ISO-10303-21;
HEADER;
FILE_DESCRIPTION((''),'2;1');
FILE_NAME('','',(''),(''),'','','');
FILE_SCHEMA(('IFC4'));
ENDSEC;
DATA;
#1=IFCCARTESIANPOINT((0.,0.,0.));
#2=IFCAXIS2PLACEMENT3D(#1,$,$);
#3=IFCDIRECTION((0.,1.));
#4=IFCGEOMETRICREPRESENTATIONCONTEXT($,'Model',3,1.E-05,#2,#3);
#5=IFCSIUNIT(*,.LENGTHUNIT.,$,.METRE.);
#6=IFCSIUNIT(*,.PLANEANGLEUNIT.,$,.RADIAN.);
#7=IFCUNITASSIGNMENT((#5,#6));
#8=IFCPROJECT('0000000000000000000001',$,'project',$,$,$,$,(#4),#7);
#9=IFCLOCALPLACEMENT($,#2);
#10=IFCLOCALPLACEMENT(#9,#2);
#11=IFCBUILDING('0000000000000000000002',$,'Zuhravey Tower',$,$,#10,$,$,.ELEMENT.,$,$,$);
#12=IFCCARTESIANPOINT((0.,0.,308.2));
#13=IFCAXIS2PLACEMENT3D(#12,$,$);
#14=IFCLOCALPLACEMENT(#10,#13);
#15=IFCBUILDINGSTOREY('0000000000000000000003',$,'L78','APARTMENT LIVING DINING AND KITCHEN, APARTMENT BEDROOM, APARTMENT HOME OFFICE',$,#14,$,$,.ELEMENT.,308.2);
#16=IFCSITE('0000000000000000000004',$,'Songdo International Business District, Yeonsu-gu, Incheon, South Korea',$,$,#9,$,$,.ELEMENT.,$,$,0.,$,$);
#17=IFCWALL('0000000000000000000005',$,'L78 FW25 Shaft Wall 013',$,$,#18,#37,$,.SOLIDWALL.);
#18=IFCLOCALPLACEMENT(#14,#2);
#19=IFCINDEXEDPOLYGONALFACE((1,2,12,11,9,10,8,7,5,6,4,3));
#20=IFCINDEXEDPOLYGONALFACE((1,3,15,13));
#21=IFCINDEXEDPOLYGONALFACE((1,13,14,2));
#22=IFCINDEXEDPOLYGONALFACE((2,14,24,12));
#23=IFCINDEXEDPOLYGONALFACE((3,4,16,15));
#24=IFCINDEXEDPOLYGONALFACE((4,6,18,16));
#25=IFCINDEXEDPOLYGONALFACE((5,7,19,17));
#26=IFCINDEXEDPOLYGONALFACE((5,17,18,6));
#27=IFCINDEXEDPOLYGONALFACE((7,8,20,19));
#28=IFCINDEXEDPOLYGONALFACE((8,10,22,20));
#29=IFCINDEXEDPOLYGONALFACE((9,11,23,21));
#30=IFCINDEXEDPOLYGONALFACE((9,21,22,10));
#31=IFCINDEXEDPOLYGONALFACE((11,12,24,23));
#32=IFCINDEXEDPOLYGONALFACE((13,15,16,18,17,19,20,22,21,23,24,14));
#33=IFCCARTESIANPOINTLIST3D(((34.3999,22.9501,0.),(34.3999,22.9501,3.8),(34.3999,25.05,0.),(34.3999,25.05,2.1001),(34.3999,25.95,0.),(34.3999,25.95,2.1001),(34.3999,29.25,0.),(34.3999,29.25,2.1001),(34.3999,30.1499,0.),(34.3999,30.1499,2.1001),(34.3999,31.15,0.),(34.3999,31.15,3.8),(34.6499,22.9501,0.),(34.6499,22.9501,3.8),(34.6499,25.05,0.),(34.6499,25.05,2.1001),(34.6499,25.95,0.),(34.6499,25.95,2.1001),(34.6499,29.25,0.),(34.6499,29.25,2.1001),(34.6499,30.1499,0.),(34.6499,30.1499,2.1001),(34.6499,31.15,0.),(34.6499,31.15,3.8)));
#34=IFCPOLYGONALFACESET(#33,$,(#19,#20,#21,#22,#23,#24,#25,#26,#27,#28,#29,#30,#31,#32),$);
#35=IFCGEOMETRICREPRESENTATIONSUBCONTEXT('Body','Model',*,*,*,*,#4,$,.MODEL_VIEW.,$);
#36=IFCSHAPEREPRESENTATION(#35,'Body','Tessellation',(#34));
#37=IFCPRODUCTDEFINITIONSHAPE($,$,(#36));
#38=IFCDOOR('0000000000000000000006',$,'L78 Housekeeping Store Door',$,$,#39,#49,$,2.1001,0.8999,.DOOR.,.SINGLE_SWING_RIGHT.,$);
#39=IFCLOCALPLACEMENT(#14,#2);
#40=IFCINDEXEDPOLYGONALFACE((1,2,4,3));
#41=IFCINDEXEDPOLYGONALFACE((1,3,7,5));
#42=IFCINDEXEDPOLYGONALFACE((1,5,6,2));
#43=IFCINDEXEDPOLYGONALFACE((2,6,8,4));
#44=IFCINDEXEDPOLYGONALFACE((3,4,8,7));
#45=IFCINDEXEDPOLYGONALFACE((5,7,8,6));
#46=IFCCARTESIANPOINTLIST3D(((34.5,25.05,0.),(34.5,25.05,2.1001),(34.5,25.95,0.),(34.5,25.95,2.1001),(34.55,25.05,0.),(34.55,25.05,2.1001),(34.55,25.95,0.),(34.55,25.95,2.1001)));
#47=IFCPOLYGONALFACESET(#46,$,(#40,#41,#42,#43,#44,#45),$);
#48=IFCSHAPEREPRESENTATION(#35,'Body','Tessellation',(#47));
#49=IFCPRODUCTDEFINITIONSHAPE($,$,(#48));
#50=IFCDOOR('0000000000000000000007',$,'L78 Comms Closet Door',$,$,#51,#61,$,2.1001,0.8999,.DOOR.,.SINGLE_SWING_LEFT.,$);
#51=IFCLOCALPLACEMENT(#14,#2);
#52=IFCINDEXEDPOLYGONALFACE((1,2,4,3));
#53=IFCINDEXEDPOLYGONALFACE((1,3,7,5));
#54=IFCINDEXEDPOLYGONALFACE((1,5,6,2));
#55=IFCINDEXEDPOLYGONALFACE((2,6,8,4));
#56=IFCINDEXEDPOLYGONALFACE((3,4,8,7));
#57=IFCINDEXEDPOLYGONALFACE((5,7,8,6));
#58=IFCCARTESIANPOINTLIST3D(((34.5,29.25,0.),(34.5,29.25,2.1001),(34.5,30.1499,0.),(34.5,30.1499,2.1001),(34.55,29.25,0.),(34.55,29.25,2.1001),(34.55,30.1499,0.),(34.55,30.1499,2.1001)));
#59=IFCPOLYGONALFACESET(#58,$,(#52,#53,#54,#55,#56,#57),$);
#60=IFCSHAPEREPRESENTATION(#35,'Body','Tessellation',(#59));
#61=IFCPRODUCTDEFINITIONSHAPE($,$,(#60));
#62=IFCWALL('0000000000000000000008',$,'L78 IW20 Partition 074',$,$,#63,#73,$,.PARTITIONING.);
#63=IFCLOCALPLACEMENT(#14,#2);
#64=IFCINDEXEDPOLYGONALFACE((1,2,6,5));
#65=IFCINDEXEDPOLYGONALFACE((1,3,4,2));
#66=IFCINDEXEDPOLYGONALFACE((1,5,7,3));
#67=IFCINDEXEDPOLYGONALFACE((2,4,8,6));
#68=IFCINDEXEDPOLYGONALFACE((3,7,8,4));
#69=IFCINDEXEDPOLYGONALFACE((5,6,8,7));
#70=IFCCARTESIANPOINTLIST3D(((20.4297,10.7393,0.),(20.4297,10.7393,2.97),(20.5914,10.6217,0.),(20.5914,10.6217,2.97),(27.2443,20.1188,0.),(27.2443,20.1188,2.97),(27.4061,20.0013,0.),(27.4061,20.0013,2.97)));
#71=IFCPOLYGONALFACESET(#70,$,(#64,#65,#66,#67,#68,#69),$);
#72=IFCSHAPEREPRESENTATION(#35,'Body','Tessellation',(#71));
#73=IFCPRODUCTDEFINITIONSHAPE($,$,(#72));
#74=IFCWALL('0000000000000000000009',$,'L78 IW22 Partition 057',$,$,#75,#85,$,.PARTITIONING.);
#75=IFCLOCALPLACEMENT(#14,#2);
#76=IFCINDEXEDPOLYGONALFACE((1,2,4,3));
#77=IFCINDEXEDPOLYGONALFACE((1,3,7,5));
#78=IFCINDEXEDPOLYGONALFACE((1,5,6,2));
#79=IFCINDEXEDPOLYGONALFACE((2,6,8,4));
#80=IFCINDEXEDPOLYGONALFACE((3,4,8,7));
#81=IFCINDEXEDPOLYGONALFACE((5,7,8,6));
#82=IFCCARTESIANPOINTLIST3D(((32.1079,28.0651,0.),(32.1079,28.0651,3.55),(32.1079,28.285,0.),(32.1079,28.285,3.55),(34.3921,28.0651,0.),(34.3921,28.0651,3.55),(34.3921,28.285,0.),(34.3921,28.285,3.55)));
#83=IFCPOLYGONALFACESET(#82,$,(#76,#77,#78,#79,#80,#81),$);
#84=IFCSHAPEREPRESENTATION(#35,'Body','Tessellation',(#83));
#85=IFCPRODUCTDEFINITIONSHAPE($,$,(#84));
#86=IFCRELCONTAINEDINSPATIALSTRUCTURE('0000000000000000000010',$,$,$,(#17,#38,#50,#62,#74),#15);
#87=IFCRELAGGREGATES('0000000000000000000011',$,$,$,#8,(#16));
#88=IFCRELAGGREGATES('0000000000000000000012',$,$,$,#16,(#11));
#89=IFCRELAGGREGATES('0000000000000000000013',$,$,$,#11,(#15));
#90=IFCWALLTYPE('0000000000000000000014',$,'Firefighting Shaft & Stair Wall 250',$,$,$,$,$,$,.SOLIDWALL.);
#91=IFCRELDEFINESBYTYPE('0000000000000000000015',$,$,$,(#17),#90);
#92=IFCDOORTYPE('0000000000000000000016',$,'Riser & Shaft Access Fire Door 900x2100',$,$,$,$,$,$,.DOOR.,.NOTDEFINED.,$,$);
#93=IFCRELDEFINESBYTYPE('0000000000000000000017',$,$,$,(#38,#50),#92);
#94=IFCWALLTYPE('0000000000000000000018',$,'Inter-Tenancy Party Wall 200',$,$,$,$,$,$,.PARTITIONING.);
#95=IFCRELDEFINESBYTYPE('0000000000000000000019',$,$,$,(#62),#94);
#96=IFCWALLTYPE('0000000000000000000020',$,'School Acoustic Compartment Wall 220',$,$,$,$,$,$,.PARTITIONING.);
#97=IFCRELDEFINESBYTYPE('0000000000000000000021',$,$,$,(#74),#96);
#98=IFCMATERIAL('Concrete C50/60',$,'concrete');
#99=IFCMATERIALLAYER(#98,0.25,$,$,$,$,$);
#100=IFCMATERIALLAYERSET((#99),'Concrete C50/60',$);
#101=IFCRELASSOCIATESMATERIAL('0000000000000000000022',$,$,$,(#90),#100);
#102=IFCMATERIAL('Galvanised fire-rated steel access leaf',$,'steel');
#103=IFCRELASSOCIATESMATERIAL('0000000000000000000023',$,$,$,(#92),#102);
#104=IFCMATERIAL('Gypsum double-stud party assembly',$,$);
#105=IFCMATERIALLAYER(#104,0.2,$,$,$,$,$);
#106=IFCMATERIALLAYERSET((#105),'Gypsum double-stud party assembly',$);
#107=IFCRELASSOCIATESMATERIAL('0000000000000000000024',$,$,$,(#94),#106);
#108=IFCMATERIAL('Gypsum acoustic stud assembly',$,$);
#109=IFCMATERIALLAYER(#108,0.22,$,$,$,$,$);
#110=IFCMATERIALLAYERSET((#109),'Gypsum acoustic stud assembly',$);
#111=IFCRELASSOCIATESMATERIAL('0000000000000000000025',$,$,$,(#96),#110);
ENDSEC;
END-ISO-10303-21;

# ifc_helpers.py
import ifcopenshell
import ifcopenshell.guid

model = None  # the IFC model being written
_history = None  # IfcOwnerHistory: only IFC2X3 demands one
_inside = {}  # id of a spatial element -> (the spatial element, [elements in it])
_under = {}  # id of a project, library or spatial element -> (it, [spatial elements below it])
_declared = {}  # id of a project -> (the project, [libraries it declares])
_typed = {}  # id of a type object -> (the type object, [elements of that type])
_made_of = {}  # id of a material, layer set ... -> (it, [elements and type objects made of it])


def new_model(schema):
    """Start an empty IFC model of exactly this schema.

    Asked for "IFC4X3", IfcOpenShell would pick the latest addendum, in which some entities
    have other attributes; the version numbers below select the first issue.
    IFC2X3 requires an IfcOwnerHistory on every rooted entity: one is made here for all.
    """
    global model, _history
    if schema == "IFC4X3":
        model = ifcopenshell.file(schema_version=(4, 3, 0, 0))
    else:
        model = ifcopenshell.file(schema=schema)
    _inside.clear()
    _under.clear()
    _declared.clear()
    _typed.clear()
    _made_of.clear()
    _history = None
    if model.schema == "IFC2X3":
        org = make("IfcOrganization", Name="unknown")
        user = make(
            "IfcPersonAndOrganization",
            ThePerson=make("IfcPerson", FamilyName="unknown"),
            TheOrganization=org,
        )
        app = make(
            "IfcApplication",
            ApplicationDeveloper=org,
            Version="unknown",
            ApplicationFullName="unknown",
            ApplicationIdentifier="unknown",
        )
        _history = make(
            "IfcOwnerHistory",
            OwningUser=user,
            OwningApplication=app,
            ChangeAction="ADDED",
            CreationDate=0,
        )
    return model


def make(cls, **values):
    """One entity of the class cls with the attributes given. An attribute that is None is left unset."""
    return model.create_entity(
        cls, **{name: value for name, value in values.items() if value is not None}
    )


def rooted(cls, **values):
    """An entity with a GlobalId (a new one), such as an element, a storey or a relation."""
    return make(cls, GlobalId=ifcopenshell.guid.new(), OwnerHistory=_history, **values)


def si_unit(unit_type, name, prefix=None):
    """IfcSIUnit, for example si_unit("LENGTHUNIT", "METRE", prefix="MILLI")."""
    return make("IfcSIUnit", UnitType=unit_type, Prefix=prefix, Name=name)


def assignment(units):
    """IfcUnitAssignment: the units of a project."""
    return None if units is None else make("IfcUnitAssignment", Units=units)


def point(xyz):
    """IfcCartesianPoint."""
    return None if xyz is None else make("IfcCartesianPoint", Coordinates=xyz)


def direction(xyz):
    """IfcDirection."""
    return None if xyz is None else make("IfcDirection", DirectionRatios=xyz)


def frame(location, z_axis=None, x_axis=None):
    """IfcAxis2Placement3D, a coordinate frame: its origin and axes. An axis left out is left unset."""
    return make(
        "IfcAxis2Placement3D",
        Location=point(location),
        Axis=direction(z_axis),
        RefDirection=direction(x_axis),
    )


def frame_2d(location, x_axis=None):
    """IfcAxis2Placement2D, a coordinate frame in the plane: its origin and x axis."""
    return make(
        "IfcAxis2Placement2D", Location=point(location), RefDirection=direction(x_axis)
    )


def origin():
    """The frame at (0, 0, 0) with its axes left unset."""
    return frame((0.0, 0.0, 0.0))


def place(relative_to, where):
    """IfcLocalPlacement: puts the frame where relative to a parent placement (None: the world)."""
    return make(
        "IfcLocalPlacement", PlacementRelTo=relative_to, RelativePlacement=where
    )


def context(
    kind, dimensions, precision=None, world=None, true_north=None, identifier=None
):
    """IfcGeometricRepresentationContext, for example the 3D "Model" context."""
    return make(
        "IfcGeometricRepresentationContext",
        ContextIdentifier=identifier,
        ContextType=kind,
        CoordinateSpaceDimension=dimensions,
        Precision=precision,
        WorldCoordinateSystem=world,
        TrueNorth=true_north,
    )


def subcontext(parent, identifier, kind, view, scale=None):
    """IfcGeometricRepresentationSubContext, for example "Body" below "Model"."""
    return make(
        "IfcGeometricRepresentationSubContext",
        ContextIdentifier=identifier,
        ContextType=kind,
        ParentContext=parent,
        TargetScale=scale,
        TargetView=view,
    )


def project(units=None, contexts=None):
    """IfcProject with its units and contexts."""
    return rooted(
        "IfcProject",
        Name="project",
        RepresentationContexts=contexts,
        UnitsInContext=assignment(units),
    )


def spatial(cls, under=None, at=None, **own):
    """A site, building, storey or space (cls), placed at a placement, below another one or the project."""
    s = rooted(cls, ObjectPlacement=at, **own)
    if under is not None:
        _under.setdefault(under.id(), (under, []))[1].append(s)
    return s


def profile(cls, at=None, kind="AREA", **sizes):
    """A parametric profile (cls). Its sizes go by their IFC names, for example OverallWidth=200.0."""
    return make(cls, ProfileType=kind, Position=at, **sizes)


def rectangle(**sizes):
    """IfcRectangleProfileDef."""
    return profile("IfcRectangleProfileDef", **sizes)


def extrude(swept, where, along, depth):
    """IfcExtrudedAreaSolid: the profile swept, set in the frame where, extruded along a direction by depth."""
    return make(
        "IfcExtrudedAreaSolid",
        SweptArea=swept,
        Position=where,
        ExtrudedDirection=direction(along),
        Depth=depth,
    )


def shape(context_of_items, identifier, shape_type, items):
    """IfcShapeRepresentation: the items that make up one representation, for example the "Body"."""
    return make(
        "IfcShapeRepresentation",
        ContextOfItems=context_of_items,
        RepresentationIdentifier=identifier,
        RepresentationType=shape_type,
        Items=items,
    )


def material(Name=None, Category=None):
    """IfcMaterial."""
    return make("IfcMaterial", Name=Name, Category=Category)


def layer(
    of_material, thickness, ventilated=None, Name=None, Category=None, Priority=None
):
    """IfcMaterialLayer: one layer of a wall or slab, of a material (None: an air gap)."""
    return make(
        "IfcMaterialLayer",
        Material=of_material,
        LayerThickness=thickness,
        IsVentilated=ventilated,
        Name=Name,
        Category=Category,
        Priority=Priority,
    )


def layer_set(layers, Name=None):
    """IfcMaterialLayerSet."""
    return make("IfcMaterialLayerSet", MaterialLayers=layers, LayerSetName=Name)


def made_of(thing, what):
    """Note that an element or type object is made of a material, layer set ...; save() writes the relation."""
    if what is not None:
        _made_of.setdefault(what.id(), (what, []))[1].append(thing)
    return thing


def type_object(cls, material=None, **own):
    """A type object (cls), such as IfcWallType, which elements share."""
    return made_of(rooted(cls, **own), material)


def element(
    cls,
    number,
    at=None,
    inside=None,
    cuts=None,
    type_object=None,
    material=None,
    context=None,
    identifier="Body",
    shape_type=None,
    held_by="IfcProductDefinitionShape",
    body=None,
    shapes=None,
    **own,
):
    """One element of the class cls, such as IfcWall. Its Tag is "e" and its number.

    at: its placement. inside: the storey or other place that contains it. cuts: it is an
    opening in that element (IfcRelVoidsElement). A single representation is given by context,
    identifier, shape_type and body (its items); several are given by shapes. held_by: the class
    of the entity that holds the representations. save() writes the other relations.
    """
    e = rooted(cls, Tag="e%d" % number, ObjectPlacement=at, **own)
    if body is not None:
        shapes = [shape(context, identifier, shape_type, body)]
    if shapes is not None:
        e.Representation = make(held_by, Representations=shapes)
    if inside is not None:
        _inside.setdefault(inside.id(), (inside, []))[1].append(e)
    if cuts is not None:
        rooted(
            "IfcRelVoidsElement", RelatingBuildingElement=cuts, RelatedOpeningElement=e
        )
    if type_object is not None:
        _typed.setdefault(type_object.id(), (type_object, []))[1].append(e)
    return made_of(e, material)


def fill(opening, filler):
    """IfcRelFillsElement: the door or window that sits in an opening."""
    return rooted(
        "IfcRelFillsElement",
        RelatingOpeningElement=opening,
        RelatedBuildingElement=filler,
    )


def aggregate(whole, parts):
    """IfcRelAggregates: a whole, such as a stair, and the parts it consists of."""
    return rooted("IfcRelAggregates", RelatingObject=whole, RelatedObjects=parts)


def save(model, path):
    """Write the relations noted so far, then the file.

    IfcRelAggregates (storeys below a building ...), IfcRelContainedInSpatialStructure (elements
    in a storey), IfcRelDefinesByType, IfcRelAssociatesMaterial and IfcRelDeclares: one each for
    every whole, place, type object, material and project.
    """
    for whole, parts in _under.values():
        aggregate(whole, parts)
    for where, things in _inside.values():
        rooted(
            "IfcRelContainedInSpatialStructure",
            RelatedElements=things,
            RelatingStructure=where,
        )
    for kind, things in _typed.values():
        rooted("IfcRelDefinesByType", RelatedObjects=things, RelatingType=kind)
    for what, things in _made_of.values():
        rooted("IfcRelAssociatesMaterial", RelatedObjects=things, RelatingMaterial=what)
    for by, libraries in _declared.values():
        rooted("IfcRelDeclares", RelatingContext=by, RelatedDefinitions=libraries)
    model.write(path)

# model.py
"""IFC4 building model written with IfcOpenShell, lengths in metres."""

from ifc_helpers import new_model, si_unit, direction, frame, frame_2d, origin, place, context, subcontext, project, spatial, rectangle, extrude, material, layer, layer_set, type_object, element, fill, save


model = new_model("IFC4")

# Units and contexts
model_context = context("Model", 3, precision=1e-05, world=origin(), true_north=direction((0.0, 1.0)))
body_context = subcontext(model_context, "Body", "Model", "MODEL_VIEW")
ifc_project = project(units=[si_unit("LENGTHUNIT", "METRE"), si_unit("PLANEANGLEUNIT", "RADIAN")], contexts=[model_context])

# Site, building, storey
site_placement = place(None, origin())
site = spatial("IfcSite", under=ifc_project, at=site_placement, Name="Songdo International Business District, Yeonsu-gu, Incheon, South Korea", CompositionType="ELEMENT", RefElevation=0.0)
building_placement = place(site_placement, origin())
building = spatial("IfcBuilding", under=site, at=building_placement, Name="Zuhravey Tower", CompositionType="ELEMENT")
storey_placement = place(building_placement, frame((0.0, 0.0, 308.2)))
storey = spatial("IfcBuildingStorey", under=building, at=storey_placement, Name="L78", Description="APARTMENT LIVING DINING AND KITCHEN, APARTMENT BEDROOM, APARTMENT HOME OFFICE", CompositionType="ELEMENT", Elevation=308.2)

# Shared definitions
ifc_material_1 = material(Name="Concrete C50/60", Category="concrete")
ifc_layer_1 = layer(ifc_material_1, 0.25)
ifc_layer_set_1 = layer_set([ifc_layer_1], Name="Concrete C50/60")
wall_type_1 = type_object("IfcWallType", Name="Firefighting Shaft & Stair Wall 250", PredefinedType="SOLIDWALL", material=ifc_layer_set_1)

# Shared definitions
ifc_material_2 = material(Name="Galvanised fire-rated steel access leaf", Category="steel")
door_type_1 = type_object("IfcDoorType", Name="Riser & Shaft Access Fire Door 900x2100", OperationType="NOTDEFINED", PredefinedType="DOOR", material=ifc_material_2)

# Wall, openings, doors
wall_1_placement = place(storey_placement, frame((34.5249, 22.95, 0.0), z_axis=(0.0, 0.0, 1.0), x_axis=(0.0, 1.0, 0.0)))
wall_1 = element("IfcWall", 1, at=wall_1_placement, inside=storey, type_object=wall_type_1, Name="L78 FW25 Shaft Wall 013", PredefinedType="SOLIDWALL", context=body_context, shape_type="SweptSolid", body=[
    extrude(rectangle(XDim=8.2, YDim=0.25, at=frame_2d((4.1001, 0.0))), origin(), (0.0, 0.0, 1.0), 3.8),
])
opening_1_placement = place(wall_1_placement, frame((2.1001, 0.0, 0.0)))
opening_1 = element("IfcOpeningElement", 2, at=opening_1_placement, cuts=wall_1, PredefinedType="OPENING", context=body_context, shape_type="SweptSolid", body=[
    extrude(rectangle(XDim=0.8999, YDim=2.1001, at=frame_2d((0.45, 1.05))), frame((0.0, 0.137, 0.0), z_axis=(0.0, -1.0, 0.0), x_axis=(1.0, 0.0, 0.0)), (0.0, 0.0, 1.0), 0.2739),
])
opening_2_placement = place(wall_1_placement, frame((6.3, 0.0, 0.0)))
opening_2 = element("IfcOpeningElement", 3, at=opening_2_placement, cuts=wall_1, PredefinedType="OPENING", context=body_context, shape_type="SweptSolid", body=[
    extrude(rectangle(XDim=0.8999, YDim=2.1001, at=frame_2d((0.45, 1.05))), frame((0.0, 0.137, 0.0), z_axis=(0.0, -1.0, 0.0), x_axis=(1.0, 0.0, 0.0)), (0.0, 0.0, 1.0), 0.2739),
])
door_1_placement = place(opening_1_placement, origin())
door_1 = element("IfcDoor", 4, at=door_1_placement, inside=storey, type_object=door_type_1, Name="L78 Housekeeping Store Door", OperationType="SINGLE_SWING_RIGHT", OverallHeight=2.1001, OverallWidth=0.8999, PredefinedType="DOOR", context=body_context, shape_type="SweptSolid", body=[
    extrude(rectangle(XDim=0.8999, YDim=2.1001, at=frame_2d((0.45, 1.05))), frame((0.0, 0.0249, 0.0), z_axis=(0.0, -1.0, 0.0), x_axis=(1.0, 0.0, 0.0)), (0.0, 0.0, 1.0), 0.05),
])
fill(opening_1, door_1)
door_2_placement = place(opening_2_placement, origin())
door_2 = element("IfcDoor", 5, at=door_2_placement, inside=storey, type_object=door_type_1, Name="L78 Comms Closet Door", OperationType="SINGLE_SWING_LEFT", OverallHeight=2.1001, OverallWidth=0.8999, PredefinedType="DOOR", context=body_context, shape_type="SweptSolid", body=[
    extrude(rectangle(XDim=0.8999, YDim=2.1001, at=frame_2d((0.45, 1.05))), frame((0.0, 0.0249, 0.0), z_axis=(0.0, -1.0, 0.0), x_axis=(1.0, 0.0, 0.0)), (0.0, 0.0, 1.0), 0.05),
])
fill(opening_2, door_2)

# Walls
ifc_material_3 = material(Name="Gypsum double-stud party assembly")
ifc_layer_2 = layer(ifc_material_3, 0.2)
ifc_layer_set_2 = layer_set([ifc_layer_2], Name="Gypsum double-stud party assembly")
wall_type_2 = type_object("IfcWallType", Name="Inter-Tenancy Party Wall 200", PredefinedType="PARTITIONING", material=ifc_layer_set_2)
wall_2_placement = place(storey_placement, frame((27.3252, 20.0601, 0.0), z_axis=(0.0, 0.0, 1.0), x_axis=(-0.587785, -0.809017, 0.0)))
element("IfcWall", 6, at=wall_2_placement, inside=storey, type_object=wall_type_2, Name="L78 IW20 Partition 074", PredefinedType="PARTITIONING", context=body_context, shape_type="SweptSolid", body=[
    extrude(rectangle(XDim=11.5938, YDim=0.2, at=frame_2d((5.7969, 0.0))), origin(), (0.0, 0.0, 1.0), 2.97),
])
ifc_material_4 = material(Name="Gypsum acoustic stud assembly")
ifc_layer_3 = layer(ifc_material_4, 0.22)
ifc_layer_set_3 = layer_set([ifc_layer_3], Name="Gypsum acoustic stud assembly")
wall_type_3 = type_object("IfcWallType", Name="School Acoustic Compartment Wall 220", PredefinedType="PARTITIONING", material=ifc_layer_set_3)
wall_3_placement = place(storey_placement, frame((32.1079, 28.175, 0.0), z_axis=(0.0, 0.0, 1.0), x_axis=(1.0, 0.0, 0.0)))
element("IfcWall", 7, at=wall_3_placement, inside=storey, type_object=wall_type_3, Name="L78 IW22 Partition 057", PredefinedType="PARTITIONING", context=body_context, shape_type="SweptSolid", body=[
    extrude(rectangle(XDim=2.2842, YDim=0.22, at=frame_2d((1.1421, 0.0))), origin(), (0.0, 0.0, 1.0), 3.55),
])

save(model, "model.ifc")
